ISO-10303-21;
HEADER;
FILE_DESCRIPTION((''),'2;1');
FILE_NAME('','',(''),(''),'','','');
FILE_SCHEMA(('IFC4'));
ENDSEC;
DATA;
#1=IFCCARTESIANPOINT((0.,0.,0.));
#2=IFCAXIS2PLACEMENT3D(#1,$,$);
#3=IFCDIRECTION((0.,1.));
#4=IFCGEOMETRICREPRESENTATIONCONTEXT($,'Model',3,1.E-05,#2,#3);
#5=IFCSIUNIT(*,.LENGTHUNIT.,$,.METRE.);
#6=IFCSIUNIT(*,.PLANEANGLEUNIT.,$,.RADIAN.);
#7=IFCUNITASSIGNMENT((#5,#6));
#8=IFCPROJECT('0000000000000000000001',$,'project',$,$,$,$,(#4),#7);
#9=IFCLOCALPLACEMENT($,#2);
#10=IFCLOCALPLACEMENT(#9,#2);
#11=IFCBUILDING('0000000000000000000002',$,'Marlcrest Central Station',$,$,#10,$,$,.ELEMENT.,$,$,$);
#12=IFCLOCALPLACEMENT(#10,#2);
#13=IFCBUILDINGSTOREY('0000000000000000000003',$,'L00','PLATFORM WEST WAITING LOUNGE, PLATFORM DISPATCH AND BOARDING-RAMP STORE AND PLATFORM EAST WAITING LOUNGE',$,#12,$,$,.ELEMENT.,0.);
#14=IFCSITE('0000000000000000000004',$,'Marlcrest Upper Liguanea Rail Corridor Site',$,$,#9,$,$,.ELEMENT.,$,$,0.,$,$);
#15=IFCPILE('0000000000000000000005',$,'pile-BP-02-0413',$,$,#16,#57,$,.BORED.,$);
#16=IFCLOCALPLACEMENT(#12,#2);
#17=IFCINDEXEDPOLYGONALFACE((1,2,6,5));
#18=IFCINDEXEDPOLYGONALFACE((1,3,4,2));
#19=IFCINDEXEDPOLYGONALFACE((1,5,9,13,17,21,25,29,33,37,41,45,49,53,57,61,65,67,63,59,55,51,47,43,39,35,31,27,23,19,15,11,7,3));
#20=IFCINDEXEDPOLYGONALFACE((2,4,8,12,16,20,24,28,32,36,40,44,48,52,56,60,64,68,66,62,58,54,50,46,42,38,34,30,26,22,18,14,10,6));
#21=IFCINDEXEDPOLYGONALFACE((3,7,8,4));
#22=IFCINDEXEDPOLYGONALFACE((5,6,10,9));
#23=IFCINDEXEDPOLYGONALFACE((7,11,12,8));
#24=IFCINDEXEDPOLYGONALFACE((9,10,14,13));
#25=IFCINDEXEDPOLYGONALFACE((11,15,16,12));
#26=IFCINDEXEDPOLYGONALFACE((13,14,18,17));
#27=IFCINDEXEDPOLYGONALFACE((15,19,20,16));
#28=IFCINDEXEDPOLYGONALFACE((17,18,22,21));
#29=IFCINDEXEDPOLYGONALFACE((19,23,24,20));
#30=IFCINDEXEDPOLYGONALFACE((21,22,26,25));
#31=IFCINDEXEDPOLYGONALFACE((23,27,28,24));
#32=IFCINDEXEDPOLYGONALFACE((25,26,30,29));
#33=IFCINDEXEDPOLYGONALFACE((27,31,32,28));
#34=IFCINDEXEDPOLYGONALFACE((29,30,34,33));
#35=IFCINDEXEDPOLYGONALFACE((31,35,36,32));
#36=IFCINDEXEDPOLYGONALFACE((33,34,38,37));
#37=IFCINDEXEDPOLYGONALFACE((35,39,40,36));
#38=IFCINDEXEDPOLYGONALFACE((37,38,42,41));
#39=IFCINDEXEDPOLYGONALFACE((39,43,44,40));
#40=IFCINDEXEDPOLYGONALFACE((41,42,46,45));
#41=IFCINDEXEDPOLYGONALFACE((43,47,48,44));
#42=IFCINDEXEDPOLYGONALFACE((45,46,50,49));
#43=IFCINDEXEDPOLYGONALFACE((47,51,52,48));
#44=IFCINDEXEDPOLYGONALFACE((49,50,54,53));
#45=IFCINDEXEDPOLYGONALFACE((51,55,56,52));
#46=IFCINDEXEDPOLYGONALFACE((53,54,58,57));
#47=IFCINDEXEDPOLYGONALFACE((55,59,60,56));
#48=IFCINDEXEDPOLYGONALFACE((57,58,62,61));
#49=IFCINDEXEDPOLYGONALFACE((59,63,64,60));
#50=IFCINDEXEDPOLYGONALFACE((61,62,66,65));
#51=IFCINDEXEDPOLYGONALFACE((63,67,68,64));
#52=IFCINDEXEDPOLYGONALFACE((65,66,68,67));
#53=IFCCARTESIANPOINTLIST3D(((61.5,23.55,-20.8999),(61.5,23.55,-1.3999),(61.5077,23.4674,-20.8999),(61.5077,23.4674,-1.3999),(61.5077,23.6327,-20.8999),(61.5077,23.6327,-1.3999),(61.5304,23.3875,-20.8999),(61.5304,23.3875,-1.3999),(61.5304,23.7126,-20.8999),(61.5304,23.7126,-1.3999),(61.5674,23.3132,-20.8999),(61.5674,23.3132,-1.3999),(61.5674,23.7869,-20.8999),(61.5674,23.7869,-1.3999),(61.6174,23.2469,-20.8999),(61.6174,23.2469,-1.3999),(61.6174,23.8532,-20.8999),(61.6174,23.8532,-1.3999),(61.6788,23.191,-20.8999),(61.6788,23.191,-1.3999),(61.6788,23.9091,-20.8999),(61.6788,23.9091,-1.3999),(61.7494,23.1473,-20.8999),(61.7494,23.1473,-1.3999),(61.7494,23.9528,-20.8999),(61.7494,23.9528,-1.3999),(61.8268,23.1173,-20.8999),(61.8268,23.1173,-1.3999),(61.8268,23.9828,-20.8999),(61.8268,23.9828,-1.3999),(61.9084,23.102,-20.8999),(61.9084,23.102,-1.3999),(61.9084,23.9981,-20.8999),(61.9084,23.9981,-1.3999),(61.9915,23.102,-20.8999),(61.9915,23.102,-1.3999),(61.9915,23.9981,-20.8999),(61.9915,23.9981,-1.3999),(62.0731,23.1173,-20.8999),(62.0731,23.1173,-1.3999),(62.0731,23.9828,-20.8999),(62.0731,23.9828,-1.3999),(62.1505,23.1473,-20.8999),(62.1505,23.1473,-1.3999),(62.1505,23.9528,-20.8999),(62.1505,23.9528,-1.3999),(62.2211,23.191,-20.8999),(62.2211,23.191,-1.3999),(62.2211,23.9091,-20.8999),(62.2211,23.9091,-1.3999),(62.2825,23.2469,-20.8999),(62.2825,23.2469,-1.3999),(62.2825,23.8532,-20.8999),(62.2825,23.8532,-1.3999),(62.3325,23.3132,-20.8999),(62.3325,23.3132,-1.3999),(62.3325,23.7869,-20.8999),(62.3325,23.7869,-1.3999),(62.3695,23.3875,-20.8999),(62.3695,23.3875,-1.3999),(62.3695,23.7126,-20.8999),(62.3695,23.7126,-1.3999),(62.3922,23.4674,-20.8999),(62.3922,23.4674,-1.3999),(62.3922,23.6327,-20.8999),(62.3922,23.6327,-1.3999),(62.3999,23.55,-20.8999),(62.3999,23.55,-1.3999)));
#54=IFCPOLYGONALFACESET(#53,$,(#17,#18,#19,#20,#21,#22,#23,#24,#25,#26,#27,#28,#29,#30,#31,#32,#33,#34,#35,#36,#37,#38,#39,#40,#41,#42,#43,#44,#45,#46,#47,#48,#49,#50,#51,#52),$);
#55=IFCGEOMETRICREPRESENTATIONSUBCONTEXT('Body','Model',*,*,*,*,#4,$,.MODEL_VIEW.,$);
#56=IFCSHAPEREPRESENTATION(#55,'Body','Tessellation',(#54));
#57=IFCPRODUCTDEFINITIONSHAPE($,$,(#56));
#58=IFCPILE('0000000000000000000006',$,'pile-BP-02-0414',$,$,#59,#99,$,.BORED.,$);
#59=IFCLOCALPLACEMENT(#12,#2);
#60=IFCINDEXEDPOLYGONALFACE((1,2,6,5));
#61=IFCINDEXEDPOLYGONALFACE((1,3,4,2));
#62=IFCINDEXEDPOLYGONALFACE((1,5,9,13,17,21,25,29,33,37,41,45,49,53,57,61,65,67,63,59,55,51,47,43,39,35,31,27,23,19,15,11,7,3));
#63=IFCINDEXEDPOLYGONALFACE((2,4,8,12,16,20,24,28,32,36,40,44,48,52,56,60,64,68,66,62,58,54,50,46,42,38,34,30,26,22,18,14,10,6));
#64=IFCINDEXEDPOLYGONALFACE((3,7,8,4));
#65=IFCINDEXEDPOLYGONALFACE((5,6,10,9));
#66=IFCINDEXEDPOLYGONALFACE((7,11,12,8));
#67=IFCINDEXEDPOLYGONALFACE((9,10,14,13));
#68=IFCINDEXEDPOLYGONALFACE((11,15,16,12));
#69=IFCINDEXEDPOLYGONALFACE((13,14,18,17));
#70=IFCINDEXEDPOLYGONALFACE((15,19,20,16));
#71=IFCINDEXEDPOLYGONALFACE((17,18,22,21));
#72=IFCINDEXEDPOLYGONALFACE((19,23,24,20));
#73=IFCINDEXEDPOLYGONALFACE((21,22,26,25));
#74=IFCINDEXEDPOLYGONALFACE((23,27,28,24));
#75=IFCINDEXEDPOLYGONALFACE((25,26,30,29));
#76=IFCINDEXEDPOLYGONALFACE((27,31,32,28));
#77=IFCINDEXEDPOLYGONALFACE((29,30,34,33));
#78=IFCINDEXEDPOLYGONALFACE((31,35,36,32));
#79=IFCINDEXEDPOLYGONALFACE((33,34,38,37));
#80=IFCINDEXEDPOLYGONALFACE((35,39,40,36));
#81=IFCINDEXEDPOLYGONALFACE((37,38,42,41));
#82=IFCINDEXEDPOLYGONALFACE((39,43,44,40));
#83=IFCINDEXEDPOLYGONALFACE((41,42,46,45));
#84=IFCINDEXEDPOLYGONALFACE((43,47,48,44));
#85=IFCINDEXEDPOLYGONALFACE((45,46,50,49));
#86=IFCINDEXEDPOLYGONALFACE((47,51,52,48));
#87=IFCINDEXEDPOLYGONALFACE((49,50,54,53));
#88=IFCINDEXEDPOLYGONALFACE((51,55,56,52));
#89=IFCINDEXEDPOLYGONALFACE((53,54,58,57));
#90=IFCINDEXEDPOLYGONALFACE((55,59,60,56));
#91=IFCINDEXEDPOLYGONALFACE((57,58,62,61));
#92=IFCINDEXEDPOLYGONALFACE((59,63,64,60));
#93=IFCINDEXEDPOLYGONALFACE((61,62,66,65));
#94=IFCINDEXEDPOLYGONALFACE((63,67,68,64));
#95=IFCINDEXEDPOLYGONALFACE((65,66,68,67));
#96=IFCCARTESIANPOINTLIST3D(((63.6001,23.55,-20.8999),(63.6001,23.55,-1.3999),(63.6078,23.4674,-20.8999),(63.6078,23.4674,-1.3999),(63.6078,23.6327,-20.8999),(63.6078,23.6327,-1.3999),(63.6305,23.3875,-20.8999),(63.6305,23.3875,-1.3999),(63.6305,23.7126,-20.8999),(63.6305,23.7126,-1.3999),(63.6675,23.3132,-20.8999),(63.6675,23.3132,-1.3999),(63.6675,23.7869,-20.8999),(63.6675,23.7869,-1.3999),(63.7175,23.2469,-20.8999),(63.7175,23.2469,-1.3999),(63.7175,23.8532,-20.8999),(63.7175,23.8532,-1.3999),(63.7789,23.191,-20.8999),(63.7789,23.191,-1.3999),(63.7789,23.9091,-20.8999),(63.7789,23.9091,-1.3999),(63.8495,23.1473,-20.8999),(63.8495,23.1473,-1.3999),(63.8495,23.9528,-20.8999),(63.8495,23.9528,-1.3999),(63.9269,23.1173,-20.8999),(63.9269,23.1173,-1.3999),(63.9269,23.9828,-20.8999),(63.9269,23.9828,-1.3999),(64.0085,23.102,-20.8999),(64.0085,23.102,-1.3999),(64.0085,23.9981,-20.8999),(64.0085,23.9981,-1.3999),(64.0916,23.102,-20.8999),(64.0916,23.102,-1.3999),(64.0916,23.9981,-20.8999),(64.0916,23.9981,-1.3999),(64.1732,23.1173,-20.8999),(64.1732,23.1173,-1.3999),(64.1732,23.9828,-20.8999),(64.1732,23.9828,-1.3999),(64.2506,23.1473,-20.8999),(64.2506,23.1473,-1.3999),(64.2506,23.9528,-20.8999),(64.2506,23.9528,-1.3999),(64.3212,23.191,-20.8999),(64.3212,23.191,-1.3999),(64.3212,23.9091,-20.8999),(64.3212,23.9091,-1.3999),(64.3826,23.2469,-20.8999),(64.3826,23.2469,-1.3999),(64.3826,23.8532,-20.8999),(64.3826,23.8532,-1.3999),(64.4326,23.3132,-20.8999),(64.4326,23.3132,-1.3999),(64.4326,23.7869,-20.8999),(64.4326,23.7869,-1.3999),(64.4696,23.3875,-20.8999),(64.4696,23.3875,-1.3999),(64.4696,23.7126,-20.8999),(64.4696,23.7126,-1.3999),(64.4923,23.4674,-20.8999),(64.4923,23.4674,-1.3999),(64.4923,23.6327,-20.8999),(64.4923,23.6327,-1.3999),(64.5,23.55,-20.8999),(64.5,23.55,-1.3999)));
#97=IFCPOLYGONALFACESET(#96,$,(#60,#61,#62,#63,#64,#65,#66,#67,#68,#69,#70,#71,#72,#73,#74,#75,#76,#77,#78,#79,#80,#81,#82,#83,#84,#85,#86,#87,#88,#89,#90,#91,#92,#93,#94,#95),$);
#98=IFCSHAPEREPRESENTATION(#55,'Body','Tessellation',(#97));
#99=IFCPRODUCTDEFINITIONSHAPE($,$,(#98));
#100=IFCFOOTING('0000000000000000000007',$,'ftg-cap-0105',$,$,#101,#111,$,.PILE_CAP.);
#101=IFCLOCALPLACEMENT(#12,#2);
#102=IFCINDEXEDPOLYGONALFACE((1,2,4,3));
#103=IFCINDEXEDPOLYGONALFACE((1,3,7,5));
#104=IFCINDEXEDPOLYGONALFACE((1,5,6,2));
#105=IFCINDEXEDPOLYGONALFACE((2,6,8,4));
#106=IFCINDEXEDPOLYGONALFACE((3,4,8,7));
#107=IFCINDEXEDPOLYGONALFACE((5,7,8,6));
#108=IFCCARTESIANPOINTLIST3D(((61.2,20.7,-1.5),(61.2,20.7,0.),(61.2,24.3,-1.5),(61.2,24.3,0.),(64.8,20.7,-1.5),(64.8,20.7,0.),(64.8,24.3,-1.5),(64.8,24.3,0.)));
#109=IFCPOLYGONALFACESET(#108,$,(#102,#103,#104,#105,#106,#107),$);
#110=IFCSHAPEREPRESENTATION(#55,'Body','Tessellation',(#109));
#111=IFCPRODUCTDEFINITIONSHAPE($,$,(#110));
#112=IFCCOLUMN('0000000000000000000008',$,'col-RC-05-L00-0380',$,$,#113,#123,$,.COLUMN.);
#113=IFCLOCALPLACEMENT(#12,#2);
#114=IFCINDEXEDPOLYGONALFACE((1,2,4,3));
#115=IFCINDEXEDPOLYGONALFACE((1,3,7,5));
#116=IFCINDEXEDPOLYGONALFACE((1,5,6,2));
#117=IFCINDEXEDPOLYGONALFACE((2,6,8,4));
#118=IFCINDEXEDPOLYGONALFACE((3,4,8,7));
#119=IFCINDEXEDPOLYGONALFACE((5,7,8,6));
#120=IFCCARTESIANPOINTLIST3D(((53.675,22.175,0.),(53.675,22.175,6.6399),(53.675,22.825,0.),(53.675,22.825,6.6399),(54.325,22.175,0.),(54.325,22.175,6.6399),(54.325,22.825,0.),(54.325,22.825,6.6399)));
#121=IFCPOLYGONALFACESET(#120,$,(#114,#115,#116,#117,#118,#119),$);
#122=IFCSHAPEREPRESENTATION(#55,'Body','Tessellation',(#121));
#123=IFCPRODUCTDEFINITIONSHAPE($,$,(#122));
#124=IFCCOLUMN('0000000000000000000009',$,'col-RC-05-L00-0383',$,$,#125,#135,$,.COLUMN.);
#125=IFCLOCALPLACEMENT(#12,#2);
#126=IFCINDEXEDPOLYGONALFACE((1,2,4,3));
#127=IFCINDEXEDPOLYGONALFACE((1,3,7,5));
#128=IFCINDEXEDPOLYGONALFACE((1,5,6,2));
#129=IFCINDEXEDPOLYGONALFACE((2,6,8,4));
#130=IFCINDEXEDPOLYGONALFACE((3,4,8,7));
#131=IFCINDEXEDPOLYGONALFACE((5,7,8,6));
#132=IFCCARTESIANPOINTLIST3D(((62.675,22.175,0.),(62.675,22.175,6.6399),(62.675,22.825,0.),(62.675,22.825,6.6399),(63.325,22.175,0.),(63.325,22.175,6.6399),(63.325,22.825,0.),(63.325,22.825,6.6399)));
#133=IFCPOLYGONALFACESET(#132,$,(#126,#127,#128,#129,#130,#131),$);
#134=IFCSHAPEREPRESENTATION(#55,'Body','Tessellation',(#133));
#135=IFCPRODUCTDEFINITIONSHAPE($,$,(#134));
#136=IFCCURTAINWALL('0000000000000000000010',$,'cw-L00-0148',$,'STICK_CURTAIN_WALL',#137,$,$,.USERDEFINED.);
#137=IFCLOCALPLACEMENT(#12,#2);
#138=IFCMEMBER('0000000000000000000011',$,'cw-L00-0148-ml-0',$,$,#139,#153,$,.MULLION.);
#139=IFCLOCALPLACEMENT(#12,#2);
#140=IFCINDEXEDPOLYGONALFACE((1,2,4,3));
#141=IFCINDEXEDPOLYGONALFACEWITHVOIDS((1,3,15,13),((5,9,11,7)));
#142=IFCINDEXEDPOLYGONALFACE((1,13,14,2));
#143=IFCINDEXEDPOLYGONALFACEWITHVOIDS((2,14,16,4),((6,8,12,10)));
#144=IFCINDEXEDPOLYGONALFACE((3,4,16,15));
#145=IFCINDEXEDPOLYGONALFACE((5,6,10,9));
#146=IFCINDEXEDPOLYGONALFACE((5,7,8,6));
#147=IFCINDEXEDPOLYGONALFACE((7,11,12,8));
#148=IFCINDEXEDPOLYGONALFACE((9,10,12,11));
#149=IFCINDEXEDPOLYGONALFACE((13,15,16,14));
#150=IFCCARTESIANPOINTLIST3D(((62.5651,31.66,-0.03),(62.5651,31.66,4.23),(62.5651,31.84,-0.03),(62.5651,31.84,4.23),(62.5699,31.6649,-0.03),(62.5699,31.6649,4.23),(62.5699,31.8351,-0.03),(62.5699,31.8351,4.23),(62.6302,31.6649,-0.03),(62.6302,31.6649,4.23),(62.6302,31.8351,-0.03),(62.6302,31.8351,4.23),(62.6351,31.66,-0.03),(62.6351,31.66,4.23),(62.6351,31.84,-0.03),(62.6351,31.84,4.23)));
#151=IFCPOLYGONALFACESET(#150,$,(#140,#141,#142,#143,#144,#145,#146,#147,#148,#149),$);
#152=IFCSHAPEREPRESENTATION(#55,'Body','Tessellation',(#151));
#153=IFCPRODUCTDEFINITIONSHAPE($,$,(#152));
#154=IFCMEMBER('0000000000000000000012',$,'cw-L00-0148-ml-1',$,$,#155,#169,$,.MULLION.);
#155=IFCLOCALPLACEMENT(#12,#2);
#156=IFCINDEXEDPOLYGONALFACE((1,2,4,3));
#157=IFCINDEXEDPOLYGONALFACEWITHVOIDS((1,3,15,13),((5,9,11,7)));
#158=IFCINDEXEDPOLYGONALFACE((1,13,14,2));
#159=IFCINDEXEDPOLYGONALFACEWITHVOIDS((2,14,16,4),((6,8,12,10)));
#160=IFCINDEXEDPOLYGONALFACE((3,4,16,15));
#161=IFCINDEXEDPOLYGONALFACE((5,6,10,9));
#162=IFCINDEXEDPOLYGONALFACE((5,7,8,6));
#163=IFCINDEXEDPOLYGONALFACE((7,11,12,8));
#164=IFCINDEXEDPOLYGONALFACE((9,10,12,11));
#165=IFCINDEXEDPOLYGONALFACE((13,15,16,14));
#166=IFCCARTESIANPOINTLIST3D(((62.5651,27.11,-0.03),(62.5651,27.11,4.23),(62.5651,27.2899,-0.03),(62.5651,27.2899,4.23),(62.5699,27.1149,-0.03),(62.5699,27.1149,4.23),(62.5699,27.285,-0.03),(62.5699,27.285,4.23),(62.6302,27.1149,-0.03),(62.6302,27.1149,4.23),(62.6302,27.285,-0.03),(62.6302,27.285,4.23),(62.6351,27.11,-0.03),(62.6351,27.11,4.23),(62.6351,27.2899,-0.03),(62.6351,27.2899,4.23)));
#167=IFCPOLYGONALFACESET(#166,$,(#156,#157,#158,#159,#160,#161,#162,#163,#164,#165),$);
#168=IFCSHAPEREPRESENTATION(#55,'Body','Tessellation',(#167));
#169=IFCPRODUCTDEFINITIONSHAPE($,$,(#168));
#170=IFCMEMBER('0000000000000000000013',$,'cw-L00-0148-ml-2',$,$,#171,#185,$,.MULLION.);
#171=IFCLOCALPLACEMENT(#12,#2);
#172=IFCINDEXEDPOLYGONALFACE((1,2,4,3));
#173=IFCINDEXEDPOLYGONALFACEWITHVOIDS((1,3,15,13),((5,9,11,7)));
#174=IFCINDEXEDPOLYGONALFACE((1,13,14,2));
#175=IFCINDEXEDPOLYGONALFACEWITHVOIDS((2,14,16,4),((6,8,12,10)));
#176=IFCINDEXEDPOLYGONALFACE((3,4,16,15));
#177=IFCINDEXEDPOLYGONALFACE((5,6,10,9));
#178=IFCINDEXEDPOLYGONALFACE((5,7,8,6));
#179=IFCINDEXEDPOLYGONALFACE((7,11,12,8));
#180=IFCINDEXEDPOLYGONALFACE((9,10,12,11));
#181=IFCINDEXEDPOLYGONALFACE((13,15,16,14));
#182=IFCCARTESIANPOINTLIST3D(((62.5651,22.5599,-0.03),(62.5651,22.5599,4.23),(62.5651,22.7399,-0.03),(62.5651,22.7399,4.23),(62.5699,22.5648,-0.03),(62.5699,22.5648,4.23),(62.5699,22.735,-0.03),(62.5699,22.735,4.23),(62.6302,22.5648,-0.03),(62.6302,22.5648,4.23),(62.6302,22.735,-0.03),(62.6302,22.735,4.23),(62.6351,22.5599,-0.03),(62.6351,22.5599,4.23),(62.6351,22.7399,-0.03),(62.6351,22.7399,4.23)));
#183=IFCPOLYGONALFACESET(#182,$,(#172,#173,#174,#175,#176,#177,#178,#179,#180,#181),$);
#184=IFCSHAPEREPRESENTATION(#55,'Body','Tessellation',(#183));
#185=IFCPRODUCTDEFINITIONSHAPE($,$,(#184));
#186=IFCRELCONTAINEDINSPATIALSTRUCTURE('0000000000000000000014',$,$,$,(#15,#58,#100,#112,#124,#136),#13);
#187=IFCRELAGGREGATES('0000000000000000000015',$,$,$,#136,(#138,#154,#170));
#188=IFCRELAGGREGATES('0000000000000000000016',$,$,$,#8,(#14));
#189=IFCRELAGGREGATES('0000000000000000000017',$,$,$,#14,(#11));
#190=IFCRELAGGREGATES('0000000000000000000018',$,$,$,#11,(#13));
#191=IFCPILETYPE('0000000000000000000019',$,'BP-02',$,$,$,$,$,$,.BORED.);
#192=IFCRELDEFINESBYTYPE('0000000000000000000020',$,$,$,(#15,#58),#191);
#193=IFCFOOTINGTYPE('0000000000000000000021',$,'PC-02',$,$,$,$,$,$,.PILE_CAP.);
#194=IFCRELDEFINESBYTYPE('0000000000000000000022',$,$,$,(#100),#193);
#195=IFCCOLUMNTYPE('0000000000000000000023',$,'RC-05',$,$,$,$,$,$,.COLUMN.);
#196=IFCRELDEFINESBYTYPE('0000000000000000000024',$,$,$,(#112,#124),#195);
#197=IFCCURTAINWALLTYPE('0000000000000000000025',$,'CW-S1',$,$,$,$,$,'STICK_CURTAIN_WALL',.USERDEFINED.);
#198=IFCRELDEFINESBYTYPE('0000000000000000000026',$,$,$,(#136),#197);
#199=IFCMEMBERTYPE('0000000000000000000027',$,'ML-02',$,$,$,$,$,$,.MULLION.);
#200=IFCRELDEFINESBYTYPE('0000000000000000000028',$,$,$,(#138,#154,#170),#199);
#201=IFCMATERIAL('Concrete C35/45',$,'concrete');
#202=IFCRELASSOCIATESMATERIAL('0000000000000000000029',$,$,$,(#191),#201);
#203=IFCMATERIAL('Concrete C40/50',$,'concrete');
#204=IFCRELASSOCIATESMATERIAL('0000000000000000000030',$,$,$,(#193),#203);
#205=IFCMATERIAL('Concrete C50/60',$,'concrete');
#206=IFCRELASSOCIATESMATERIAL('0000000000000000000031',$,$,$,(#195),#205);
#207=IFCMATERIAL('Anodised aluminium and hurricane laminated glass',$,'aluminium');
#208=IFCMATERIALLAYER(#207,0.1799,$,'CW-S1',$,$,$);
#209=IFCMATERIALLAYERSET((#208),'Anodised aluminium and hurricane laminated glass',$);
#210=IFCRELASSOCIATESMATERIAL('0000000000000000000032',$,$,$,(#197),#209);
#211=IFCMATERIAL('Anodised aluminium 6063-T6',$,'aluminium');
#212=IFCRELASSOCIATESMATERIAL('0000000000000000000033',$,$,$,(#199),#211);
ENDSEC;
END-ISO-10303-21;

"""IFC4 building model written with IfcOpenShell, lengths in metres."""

from ifc_helpers import new_model, si_unit, direction, frame, origin, origin_2d, place, context, subcontext, project, spatial, rectangle, hollow_rectangle, circle, extrude, material, layer, layer_set, material_profile, profile_set, type_object, element, aggregate, save


model = new_model("IFC4")

# Units and contexts
model_context = context("Model", 3, precision=1e-05, world=origin(), true_north=direction((0.0, 1.0)))
body_context = subcontext(model_context, "Body", "Model", "MODEL_VIEW")
ifc_project = project(units=[si_unit("LENGTHUNIT", "METRE"), si_unit("PLANEANGLEUNIT", "RADIAN")], contexts=[model_context])

# Site, building, storey
site_placement = place(None, origin())
site = spatial("IfcSite", under=ifc_project, at=site_placement, Name="Marlcrest Upper Liguanea Rail Corridor Site", CompositionType="ELEMENT", RefElevation=0.0)
building_placement = place(site_placement, origin())
building = spatial("IfcBuilding", under=site, at=building_placement, Name="Marlcrest Central Station", CompositionType="ELEMENT")
storey_placement = place(building_placement, origin())
storey = spatial("IfcBuildingStorey", under=building, at=storey_placement, Name="L00", Description="PLATFORM WEST WAITING LOUNGE, PLATFORM DISPATCH AND BOARDING-RAMP STORE AND PLATFORM EAST WAITING LOUNGE", CompositionType="ELEMENT", Elevation=0.0)

# Piles
ifc_material_1 = material(Name="Concrete C35/45", Category="concrete")
ifc_material_profile_1 = material_profile(ifc_material_1, circle(Radius=0.45, at=origin_2d()), Name="PILE D900")
ifc_profile_set_1 = profile_set([ifc_material_profile_1], Name="Concrete C35/45")
pile_type = type_object("IfcPileType", Name="BP-02", PredefinedType="BORED", material=ifc_profile_set_1)
for number, where, z_axis, x_axis, name in (
    (1, (61.95, 23.55, -1.3999), (0.0, 0.0, -1.0), (1.0, 0.0, 0.0), "pile-BP-02-0413"),
    (2, (64.05, 23.55, -1.3999), (0.0, 0.0, -1.0), (1.0, 0.0, 0.0), "pile-BP-02-0414"),
):
    element("IfcPile", number, at=place(storey_placement, frame(where, z_axis=z_axis, x_axis=x_axis)), inside=storey, type_object=pile_type, Name=name, PredefinedType="BORED", context=body_context, shape_type="SweptSolid", body=[
        extrude(circle(Radius=0.45, at=origin_2d()), origin(), (0.0, 0.0, 1.0), 19.5),
    ])

# Footing
ifc_material_2 = material(Name="Concrete C40/50", Category="concrete")
footing_type = type_object("IfcFootingType", Name="PC-02", PredefinedType="PILE_CAP", material=ifc_material_2)
footing_placement = place(storey_placement, frame((63.0, 22.5, -1.5), z_axis=(0.0, 0.0, 1.0), x_axis=(1.0, 0.0, 0.0)))
element("IfcFooting", 3, at=footing_placement, inside=storey, type_object=footing_type, Name="ftg-cap-0105", PredefinedType="PILE_CAP", context=body_context, shape_type="SweptSolid", body=[
    extrude(rectangle(XDim=3.6001, YDim=3.6001, at=origin_2d()), origin(), (0.0, 0.0, 1.0), 1.5),
])

# Columns
ifc_material_3 = material(Name="Concrete C50/60", Category="concrete")
ifc_material_profile_2 = material_profile(ifc_material_3, rectangle(XDim=0.6499, YDim=0.6499, at=origin_2d()), Name="RC 650x650")
ifc_profile_set_2 = profile_set([ifc_material_profile_2], Name="Concrete C50/60")
column_type = type_object("IfcColumnType", Name="RC-05", PredefinedType="COLUMN", material=ifc_profile_set_2)
for number, where, z_axis, x_axis, name in (
    (4, (54.0, 22.5, 0.0), (0.0, 0.0, 1.0), (1.0, 0.0, 0.0), "col-RC-05-L00-0380"),
    (5, (63.0, 22.5, 0.0), (0.0, 0.0, 1.0), (1.0, 0.0, 0.0), "col-RC-05-L00-0383"),
):
    element("IfcColumn", number, at=place(storey_placement, frame(where, z_axis=z_axis, x_axis=x_axis)), inside=storey, type_object=column_type, Name=name, PredefinedType="COLUMN", context=body_context, shape_type="SweptSolid", body=[
        extrude(rectangle(XDim=0.6499, YDim=0.6499, at=origin_2d()), origin(), (0.0, 0.0, 1.0), 6.6399),
    ])

# Curtain wall, members
ifc_material_4 = material(Name="Anodised aluminium and hurricane laminated glass", Category="aluminium")
ifc_layer_1 = layer(ifc_material_4, 0.1799, Name="CW-S1")
ifc_layer_set_1 = layer_set([ifc_layer_1], Name="Anodised aluminium and hurricane laminated glass")
curtain_wall_type = type_object("IfcCurtainWallType", Name="CW-S1", ElementType="STICK_CURTAIN_WALL", PredefinedType="USERDEFINED", material=ifc_layer_set_1)
curtain_wall_placement = place(storey_placement, origin())
curtain_wall = element("IfcCurtainWall", 6, at=curtain_wall_placement, inside=storey, type_object=curtain_wall_type, Name="cw-L00-0148", ObjectType="STICK_CURTAIN_WALL", PredefinedType="USERDEFINED")
ifc_material_5 = material(Name="Anodised aluminium 6063-T6", Category="aluminium")
ifc_material_profile_3 = material_profile(ifc_material_5, hollow_rectangle(XDim=0.0701, YDim=0.1799, WallThickness=0.0049, at=origin_2d()), Name="AA-RHS 180x70x5")
ifc_profile_set_3 = profile_set([ifc_material_profile_3], Name="Anodised aluminium 6063-T6")
member_type_1 = type_object("IfcMemberType", Name="ML-02", PredefinedType="MULLION", material=ifc_profile_set_3)
member_1_placement = place(storey_placement, frame((62.6001, 31.75, -0.03), z_axis=(0.0, 0.0, 1.0), x_axis=(1.0, 0.0, 0.0)))
member_1 = element("IfcMember", 7, at=member_1_placement, type_object=member_type_1, Name="cw-L00-0148-ml-0", PredefinedType="MULLION", context=body_context, shape_type="SweptSolid", body=[
    extrude(hollow_rectangle(XDim=0.0701, YDim=0.1799, WallThickness=0.0049, at=origin_2d()), origin(), (0.0, 0.0, 1.0), 4.26),
])
member_2_placement = place(storey_placement, frame((62.6001, 27.2, -0.03), z_axis=(0.0, 0.0, 1.0), x_axis=(1.0, 0.0, 0.0)))
member_2 = element("IfcMember", 8, at=member_2_placement, type_object=member_type_1, Name="cw-L00-0148-ml-1", PredefinedType="MULLION", context=body_context, shape_type="SweptSolid", body=[
    extrude(hollow_rectangle(XDim=0.0701, YDim=0.1799, WallThickness=0.0049, at=origin_2d()), origin(), (0.0, 0.0, 1.0), 4.26),
])
member_3_placement = place(storey_placement, frame((62.6001, 22.6499, -0.03), z_axis=(0.0, 0.0, 1.0), x_axis=(1.0, 0.0, 0.0)))
member_3 = element("IfcMember", 9, at=member_3_placement, type_object=member_type_1, Name="cw-L00-0148-ml-2", PredefinedType="MULLION", context=body_context, shape_type="SweptSolid", body=[
    extrude(hollow_rectangle(XDim=0.0701, YDim=0.1799, WallThickness=0.0049, at=origin_2d()), origin(), (0.0, 0.0, 1.0), 4.26),
])

aggregate(curtain_wall, [member_1, member_2, member_3])

save(model, "model.ifc")
